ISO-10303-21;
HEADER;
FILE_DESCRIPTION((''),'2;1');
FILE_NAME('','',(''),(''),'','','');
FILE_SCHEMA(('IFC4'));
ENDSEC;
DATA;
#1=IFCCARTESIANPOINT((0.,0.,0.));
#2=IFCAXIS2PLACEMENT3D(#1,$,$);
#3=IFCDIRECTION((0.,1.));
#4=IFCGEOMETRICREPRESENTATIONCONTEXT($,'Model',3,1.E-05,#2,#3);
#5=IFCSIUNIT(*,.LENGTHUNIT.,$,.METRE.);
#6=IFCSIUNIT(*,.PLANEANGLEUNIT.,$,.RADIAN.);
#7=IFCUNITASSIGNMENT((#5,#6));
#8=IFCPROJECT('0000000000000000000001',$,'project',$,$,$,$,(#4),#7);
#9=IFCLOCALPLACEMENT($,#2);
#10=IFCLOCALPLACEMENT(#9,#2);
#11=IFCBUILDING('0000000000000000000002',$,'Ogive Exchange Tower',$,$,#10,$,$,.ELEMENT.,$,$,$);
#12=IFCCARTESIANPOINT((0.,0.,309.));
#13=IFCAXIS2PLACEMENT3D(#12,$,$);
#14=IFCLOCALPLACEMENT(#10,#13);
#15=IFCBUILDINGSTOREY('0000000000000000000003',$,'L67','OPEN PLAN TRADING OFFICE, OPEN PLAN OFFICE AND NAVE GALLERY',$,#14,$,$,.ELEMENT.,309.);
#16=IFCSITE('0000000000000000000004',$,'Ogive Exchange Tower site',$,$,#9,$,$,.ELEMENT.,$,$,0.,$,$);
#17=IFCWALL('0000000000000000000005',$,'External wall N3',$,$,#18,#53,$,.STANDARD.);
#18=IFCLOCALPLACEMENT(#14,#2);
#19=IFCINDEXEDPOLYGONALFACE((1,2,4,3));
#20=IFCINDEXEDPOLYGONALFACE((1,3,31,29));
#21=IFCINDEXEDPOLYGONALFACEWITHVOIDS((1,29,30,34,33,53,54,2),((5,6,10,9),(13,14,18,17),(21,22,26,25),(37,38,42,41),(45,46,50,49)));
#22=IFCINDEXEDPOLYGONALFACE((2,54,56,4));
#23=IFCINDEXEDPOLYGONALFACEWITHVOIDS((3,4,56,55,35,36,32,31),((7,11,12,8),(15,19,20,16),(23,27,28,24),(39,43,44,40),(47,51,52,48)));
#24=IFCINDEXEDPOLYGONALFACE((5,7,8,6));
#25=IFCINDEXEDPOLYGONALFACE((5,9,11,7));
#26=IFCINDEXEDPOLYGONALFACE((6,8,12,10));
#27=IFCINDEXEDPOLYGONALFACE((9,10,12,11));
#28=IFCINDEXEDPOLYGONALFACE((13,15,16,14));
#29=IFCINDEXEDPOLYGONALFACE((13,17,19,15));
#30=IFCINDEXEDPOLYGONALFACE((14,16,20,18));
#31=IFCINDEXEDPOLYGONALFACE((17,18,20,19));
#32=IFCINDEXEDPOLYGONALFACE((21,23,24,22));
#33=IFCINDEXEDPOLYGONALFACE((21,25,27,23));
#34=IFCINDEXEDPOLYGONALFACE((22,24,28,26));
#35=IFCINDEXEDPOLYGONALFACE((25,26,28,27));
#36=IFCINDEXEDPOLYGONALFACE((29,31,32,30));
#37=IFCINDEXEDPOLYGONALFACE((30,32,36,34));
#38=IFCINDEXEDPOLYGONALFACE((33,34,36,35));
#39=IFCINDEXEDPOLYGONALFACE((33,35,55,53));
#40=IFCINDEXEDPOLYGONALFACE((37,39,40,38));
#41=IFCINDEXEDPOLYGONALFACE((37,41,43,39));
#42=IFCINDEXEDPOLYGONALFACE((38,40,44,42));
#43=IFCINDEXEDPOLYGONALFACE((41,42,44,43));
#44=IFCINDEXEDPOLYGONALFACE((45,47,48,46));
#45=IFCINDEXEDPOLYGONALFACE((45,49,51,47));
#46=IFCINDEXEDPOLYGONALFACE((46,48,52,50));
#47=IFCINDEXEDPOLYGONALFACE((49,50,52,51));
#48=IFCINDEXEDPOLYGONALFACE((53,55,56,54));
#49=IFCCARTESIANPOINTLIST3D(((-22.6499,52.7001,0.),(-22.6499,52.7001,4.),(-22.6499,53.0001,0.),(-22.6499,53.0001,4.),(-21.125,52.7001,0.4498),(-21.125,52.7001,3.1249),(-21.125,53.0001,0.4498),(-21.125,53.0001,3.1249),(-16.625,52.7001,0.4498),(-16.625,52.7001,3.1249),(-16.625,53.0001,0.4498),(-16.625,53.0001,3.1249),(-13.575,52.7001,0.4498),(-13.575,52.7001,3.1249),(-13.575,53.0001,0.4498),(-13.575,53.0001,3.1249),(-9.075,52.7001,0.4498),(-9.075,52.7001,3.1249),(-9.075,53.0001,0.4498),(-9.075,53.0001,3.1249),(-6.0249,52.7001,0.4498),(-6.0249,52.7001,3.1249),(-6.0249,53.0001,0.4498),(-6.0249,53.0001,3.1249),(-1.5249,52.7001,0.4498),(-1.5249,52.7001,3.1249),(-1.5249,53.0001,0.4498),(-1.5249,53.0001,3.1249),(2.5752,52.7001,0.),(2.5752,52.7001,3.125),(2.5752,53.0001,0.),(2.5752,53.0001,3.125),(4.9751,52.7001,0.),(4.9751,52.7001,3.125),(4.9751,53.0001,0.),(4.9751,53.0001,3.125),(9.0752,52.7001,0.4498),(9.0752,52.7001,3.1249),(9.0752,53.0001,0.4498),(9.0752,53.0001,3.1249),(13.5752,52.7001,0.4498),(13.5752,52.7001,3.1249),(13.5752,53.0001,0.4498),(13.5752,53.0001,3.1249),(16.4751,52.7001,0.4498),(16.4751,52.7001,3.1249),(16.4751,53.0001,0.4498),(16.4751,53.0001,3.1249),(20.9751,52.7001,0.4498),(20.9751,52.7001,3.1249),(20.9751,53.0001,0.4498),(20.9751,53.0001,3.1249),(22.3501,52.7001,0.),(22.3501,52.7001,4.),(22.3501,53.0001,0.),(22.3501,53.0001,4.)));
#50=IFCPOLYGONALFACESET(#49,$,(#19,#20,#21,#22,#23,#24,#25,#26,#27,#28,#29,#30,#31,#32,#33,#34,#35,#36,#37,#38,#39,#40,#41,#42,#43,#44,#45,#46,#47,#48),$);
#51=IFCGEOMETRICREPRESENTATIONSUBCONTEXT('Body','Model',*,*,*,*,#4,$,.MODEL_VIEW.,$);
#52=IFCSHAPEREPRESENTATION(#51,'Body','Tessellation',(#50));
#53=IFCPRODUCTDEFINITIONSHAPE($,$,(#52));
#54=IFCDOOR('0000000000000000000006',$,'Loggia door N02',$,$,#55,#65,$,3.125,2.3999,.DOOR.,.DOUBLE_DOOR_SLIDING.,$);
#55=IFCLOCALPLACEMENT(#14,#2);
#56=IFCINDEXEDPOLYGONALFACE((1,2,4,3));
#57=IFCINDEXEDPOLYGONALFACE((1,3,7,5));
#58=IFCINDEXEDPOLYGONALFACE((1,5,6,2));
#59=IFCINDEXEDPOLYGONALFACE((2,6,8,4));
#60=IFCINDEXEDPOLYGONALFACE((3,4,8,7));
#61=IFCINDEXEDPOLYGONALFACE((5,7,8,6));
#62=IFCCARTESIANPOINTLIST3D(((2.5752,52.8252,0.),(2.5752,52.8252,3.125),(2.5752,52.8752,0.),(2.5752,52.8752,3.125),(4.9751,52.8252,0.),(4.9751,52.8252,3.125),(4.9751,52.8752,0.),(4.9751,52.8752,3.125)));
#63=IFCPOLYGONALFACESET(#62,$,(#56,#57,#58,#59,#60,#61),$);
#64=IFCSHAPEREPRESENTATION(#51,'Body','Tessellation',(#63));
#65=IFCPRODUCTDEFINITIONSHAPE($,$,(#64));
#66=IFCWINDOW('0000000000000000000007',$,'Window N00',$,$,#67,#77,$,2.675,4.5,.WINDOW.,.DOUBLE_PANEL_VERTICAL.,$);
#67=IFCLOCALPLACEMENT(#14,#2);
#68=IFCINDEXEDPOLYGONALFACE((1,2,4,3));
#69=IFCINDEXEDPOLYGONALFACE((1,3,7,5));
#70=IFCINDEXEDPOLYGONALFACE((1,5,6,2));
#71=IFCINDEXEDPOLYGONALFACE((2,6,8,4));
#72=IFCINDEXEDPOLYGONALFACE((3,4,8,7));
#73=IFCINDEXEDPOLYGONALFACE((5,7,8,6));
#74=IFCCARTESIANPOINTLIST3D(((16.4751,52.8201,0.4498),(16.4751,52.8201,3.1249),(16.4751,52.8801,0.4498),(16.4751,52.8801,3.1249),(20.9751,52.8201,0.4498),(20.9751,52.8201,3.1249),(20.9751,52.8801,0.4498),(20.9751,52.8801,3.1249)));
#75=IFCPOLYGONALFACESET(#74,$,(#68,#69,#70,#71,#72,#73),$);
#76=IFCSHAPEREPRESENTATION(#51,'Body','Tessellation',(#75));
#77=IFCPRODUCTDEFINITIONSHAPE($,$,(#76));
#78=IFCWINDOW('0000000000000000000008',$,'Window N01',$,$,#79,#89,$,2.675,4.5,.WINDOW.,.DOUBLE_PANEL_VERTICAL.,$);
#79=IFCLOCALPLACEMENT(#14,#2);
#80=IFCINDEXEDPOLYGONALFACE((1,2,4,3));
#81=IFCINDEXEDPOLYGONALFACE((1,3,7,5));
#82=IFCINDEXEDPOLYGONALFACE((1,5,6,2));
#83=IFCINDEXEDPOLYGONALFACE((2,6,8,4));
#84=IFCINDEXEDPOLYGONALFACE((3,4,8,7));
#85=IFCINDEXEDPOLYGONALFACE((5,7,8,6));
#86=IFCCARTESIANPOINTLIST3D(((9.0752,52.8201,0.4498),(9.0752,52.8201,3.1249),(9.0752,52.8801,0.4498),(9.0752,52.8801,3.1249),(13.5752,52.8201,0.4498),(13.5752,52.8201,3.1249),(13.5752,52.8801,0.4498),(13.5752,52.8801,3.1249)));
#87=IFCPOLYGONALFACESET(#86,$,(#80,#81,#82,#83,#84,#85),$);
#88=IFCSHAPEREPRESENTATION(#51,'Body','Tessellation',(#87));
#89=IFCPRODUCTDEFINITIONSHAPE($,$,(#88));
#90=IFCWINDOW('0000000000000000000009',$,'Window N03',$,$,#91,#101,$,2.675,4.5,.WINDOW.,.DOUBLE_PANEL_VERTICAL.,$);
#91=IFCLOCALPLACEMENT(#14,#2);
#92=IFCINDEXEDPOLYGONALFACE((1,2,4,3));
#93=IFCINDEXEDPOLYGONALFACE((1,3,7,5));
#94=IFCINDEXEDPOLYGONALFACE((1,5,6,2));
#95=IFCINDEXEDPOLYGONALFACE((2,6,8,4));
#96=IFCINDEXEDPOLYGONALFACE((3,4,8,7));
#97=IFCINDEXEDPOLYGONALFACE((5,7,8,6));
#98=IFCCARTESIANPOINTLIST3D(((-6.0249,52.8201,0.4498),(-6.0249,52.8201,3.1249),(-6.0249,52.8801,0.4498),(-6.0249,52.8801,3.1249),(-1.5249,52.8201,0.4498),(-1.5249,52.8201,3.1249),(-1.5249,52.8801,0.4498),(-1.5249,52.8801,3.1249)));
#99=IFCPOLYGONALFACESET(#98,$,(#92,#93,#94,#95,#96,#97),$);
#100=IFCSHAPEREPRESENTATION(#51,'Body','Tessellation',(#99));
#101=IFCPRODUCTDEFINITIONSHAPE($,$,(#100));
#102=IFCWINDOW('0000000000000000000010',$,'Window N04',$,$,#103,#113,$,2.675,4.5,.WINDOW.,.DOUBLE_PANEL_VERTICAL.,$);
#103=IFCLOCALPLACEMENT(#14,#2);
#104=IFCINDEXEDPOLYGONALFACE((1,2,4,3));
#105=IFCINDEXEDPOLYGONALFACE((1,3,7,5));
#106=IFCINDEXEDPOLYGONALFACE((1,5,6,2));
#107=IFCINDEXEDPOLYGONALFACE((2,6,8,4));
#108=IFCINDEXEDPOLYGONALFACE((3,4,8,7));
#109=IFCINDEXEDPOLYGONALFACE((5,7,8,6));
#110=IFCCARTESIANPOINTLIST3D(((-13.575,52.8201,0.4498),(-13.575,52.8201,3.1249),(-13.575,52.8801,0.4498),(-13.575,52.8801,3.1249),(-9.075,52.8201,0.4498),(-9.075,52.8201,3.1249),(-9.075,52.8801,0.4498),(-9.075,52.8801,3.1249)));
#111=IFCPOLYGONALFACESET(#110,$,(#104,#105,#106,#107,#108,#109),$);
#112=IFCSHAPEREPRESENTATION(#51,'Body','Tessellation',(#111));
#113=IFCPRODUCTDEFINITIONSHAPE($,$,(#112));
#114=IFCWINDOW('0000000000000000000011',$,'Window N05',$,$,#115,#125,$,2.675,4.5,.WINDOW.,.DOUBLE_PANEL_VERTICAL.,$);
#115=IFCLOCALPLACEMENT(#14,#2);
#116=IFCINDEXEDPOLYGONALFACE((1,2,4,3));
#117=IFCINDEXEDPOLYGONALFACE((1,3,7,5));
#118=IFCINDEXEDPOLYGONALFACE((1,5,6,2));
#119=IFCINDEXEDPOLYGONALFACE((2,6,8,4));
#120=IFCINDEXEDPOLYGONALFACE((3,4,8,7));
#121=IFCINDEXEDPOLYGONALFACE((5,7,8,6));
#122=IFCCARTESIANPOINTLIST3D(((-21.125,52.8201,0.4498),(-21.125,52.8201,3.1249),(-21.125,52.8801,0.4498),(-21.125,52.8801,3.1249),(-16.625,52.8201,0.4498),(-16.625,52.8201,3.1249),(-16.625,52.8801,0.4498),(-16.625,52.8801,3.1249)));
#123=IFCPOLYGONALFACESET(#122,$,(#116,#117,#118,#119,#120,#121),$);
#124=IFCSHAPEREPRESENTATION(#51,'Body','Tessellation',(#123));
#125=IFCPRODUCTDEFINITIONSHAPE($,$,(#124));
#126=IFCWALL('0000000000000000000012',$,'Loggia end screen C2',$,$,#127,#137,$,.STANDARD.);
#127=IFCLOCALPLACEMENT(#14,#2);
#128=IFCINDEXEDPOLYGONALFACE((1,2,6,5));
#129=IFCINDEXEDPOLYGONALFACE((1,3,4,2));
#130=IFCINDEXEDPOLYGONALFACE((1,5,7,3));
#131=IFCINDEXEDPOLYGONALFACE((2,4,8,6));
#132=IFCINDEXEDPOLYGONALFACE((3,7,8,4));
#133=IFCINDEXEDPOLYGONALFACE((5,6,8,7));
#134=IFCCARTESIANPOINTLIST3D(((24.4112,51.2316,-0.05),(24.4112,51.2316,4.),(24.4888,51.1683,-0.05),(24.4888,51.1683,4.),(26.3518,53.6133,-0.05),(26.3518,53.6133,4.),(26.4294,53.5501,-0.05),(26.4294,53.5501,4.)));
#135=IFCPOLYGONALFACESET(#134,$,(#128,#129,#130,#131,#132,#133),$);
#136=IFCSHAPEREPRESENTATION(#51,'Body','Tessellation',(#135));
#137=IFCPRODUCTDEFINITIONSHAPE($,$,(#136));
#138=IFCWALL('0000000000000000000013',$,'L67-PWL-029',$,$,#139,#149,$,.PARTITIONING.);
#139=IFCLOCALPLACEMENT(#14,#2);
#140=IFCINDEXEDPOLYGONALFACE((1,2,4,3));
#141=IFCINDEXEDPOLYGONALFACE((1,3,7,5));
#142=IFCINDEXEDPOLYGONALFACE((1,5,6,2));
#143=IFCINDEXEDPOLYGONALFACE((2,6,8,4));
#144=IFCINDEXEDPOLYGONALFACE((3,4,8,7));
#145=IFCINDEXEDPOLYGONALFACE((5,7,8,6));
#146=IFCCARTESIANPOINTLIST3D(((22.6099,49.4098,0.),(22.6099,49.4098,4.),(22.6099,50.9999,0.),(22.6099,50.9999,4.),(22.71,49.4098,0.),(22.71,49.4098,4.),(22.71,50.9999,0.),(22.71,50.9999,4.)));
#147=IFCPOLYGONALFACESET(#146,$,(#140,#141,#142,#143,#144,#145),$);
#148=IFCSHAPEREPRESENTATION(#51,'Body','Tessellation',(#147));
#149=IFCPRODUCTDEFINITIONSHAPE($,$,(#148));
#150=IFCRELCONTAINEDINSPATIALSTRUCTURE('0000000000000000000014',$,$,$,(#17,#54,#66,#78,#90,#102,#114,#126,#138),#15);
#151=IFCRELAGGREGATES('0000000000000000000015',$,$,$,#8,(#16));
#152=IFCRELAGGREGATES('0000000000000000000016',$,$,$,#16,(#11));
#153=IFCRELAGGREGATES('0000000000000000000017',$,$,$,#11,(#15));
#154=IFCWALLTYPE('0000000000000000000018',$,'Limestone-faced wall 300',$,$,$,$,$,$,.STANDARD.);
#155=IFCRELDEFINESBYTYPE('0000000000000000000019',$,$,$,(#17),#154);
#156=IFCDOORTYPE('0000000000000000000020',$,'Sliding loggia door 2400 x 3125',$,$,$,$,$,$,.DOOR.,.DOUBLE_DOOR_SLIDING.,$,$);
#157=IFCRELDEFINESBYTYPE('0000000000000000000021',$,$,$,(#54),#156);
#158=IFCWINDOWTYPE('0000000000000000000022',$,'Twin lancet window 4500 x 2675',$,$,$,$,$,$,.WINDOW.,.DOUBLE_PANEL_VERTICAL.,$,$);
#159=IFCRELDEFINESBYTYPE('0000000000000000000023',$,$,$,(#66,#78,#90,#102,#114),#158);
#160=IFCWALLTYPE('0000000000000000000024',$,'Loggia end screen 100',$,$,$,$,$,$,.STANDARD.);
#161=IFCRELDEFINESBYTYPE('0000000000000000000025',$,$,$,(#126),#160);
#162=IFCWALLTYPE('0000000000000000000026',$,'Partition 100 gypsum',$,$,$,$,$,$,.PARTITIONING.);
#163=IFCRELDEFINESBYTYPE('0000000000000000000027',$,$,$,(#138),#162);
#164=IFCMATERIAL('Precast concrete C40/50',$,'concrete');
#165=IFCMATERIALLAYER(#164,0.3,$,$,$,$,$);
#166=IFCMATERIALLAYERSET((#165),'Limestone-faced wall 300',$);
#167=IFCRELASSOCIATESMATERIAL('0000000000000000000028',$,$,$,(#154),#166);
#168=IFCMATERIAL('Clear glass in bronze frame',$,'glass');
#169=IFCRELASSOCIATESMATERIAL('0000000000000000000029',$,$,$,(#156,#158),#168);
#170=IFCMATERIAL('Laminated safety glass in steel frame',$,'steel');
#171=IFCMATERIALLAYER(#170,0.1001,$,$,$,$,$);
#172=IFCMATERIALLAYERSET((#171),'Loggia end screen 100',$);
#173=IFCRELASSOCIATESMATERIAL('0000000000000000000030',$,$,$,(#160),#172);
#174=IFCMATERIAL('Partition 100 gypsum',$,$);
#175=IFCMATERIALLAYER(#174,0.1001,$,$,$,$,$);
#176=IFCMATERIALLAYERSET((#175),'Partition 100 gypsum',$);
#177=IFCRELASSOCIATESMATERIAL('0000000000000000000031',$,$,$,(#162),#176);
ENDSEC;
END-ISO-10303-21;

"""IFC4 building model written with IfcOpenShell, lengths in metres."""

from ifc_helpers import new_model, si_unit, direction, frame, frame_2d, origin, place, context, subcontext, project, spatial, rectangle, extrude, material, layer, layer_set, type_object, element, fill, save


model = new_model("IFC4")

# Units and contexts
model_context = context("Model", 3, precision=1e-05, world=origin(), true_north=direction((0.0, 1.0)))
body_context = subcontext(model_context, "Body", "Model", "MODEL_VIEW")
ifc_project = project(units=[si_unit("LENGTHUNIT", "METRE"), si_unit("PLANEANGLEUNIT", "RADIAN")], contexts=[model_context])

# Site, building, storey
site_placement = place(None, origin())
site = spatial("IfcSite", under=ifc_project, at=site_placement, Name="Ogive Exchange Tower site", CompositionType="ELEMENT", RefElevation=0.0)
building_placement = place(site_placement, origin())
building = spatial("IfcBuilding", under=site, at=building_placement, Name="Ogive Exchange Tower", CompositionType="ELEMENT")
storey_placement = place(building_placement, frame((0.0, 0.0, 309.0)))
storey = spatial("IfcBuildingStorey", under=building, at=storey_placement, Name="L67", Description="OPEN PLAN TRADING OFFICE, OPEN PLAN OFFICE AND NAVE GALLERY", CompositionType="ELEMENT", Elevation=309.0)

# Wall, openings, door, windows
ifc_material_1 = material(Name="Precast concrete C40/50", Category="concrete")
ifc_layer_1 = layer(ifc_material_1, 0.3)
ifc_layer_set_1 = layer_set([ifc_layer_1], Name="Limestone-faced wall 300")
wall_type_1 = type_object("IfcWallType", Name="Limestone-faced wall 300", PredefinedType="STANDARD", material=ifc_layer_set_1)
wall_1_placement = place(storey_placement, frame((22.3501, 52.8501, 0.0), z_axis=(0.0, 0.0, 1.0), x_axis=(-1.0, 0.0, 0.0)))
wall_1 = element("IfcWall", 1, at=wall_1_placement, inside=storey, type_object=wall_type_1, Name="External wall N3", PredefinedType="STANDARD", context=body_context, shape_type="SweptSolid", body=[
    extrude(rectangle(XDim=45.0, YDim=0.3, at=frame_2d((22.5, 0.0))), origin(), (0.0, 0.0, 1.0), 4.0),
])
opening_1_placement = place(wall_1_placement, frame((1.375, 0.0, 0.45)))
opening_1 = element("IfcOpeningElement", 2, at=opening_1_placement, cuts=wall_1, PredefinedType="OPENING", context=body_context, shape_type="SweptSolid", body=[
    extrude(rectangle(XDim=4.5, YDim=2.675, at=frame_2d((2.25, 1.3374))), frame((0.0, 0.1599, 0.0), z_axis=(0.0, -1.0, 0.0), x_axis=(1.0, 0.0, 0.0)), (0.0, 0.0, 1.0), 0.3201),
])
opening_2_placement = place(wall_1_placement, frame((8.7749, 0.0, 0.45)))
opening_2 = element("IfcOpeningElement", 3, at=opening_2_placement, cuts=wall_1, PredefinedType="OPENING", context=body_context, shape_type="SweptSolid", body=[
    extrude(rectangle(XDim=4.5, YDim=2.675, at=frame_2d((2.25, 1.3374))), frame((0.0, 0.1599, 0.0), z_axis=(0.0, -1.0, 0.0), x_axis=(1.0, 0.0, 0.0)), (0.0, 0.0, 1.0), 0.3201),
])
opening_3_placement = place(wall_1_placement, frame((17.375, 0.0, 0.0)))
opening_3 = element("IfcOpeningElement", 4, at=opening_3_placement, cuts=wall_1, PredefinedType="OPENING", context=body_context, shape_type="SweptSolid", body=[
    extrude(rectangle(XDim=2.3999, YDim=3.125, at=frame_2d((1.2, 1.5625))), frame((0.0, 0.1599, 0.0), z_axis=(0.0, -1.0, 0.0), x_axis=(1.0, 0.0, 0.0)), (0.0, 0.0, 1.0), 0.3201),
])
opening_4_placement = place(wall_1_placement, frame((23.875, 0.0, 0.45)))
opening_4 = element("IfcOpeningElement", 5, at=opening_4_placement, cuts=wall_1, PredefinedType="OPENING", context=body_context, shape_type="SweptSolid", body=[
    extrude(rectangle(XDim=4.5, YDim=2.675, at=frame_2d((2.25, 1.3374))), frame((0.0, 0.1599, 0.0), z_axis=(0.0, -1.0, 0.0), x_axis=(1.0, 0.0, 0.0)), (0.0, 0.0, 1.0), 0.3201),
])
opening_5_placement = place(wall_1_placement, frame((31.425, 0.0, 0.45)))
opening_5 = element("IfcOpeningElement", 6, at=opening_5_placement, cuts=wall_1, PredefinedType="OPENING", context=body_context, shape_type="SweptSolid", body=[
    extrude(rectangle(XDim=4.5, YDim=2.675, at=frame_2d((2.25, 1.3374))), frame((0.0, 0.1599, 0.0), z_axis=(0.0, -1.0, 0.0), x_axis=(1.0, 0.0, 0.0)), (0.0, 0.0, 1.0), 0.3201),
])
opening_6_placement = place(wall_1_placement, frame((38.9751, 0.0, 0.45)))
opening_6 = element("IfcOpeningElement", 7, at=opening_6_placement, cuts=wall_1, PredefinedType="OPENING", context=body_context, shape_type="SweptSolid", body=[
    extrude(rectangle(XDim=4.5, YDim=2.675, at=frame_2d((2.25, 1.3374))), frame((0.0, 0.1599, 0.0), z_axis=(0.0, -1.0, 0.0), x_axis=(1.0, 0.0, 0.0)), (0.0, 0.0, 1.0), 0.3201),
])
ifc_material_2 = material(Name="Clear glass in bronze frame", Category="glass")
door_type = type_object("IfcDoorType", Name="Sliding loggia door 2400 x 3125", OperationType="DOUBLE_DOOR_SLIDING", PredefinedType="DOOR", material=ifc_material_2)
door_placement = place(opening_3_placement, origin())
door = element("IfcDoor", 8, at=door_placement, inside=storey, type_object=door_type, Name="Loggia door N02", OperationType="DOUBLE_DOOR_SLIDING", OverallHeight=3.125, OverallWidth=2.3999, PredefinedType="DOOR", context=body_context, shape_type="SweptSolid", body=[
    extrude(rectangle(XDim=2.3999, YDim=3.125, at=frame_2d((1.2, 1.5625))), frame((0.0, 0.0249, 0.0), z_axis=(0.0, -1.0, 0.0), x_axis=(1.0, 0.0, 0.0)), (0.0, 0.0, 1.0), 0.05),
])
fill(opening_3, door)
window_type = type_object("IfcWindowType", Name="Twin lancet window 4500 x 2675", PartitioningType="DOUBLE_PANEL_VERTICAL", PredefinedType="WINDOW", material=ifc_material_2)
window_1_placement = place(opening_1_placement, origin())
window_1 = element("IfcWindow", 9, at=window_1_placement, inside=storey, type_object=window_type, Name="Window N00", OverallHeight=2.675, OverallWidth=4.5, PartitioningType="DOUBLE_PANEL_VERTICAL", PredefinedType="WINDOW", context=body_context, shape_type="SweptSolid", body=[
    extrude(rectangle(XDim=4.5, YDim=2.675, at=frame_2d((2.25, 1.3374))), frame((0.0, 0.03, 0.0), z_axis=(0.0, -1.0, 0.0), x_axis=(1.0, 0.0, 0.0)), (0.0, 0.0, 1.0), 0.0601),
])
fill(opening_1, window_1)
window_2_placement = place(opening_2_placement, origin())
window_2 = element("IfcWindow", 10, at=window_2_placement, inside=storey, type_object=window_type, Name="Window N01", OverallHeight=2.675, OverallWidth=4.5, PartitioningType="DOUBLE_PANEL_VERTICAL", PredefinedType="WINDOW", context=body_context, shape_type="SweptSolid", body=[
    extrude(rectangle(XDim=4.5, YDim=2.675, at=frame_2d((2.25, 1.3374))), frame((0.0, 0.03, 0.0), z_axis=(0.0, -1.0, 0.0), x_axis=(1.0, 0.0, 0.0)), (0.0, 0.0, 1.0), 0.0601),
])
fill(opening_2, window_2)
window_3_placement = place(opening_4_placement, origin())
window_3 = element("IfcWindow", 11, at=window_3_placement, inside=storey, type_object=window_type, Name="Window N03", OverallHeight=2.675, OverallWidth=4.5, PartitioningType="DOUBLE_PANEL_VERTICAL", PredefinedType="WINDOW", context=body_context, shape_type="SweptSolid", body=[
    extrude(rectangle(XDim=4.5, YDim=2.675, at=frame_2d((2.25, 1.3374))), frame((0.0, 0.03, 0.0), z_axis=(0.0, -1.0, 0.0), x_axis=(1.0, 0.0, 0.0)), (0.0, 0.0, 1.0), 0.0601),
])
fill(opening_4, window_3)
window_4_placement = place(opening_5_placement, origin())
window_4 = element("IfcWindow", 12, at=window_4_placement, inside=storey, type_object=window_type, Name="Window N04", OverallHeight=2.675, OverallWidth=4.5, PartitioningType="DOUBLE_PANEL_VERTICAL", PredefinedType="WINDOW", context=body_context, shape_type="SweptSolid", body=[
    extrude(rectangle(XDim=4.5, YDim=2.675, at=frame_2d((2.25, 1.3374))), frame((0.0, 0.03, 0.0), z_axis=(0.0, -1.0, 0.0), x_axis=(1.0, 0.0, 0.0)), (0.0, 0.0, 1.0), 0.0601),
])
fill(opening_5, window_4)
window_5_placement = place(opening_6_placement, origin())
window_5 = element("IfcWindow", 13, at=window_5_placement, inside=storey, type_object=window_type, Name="Window N05", OverallHeight=2.675, OverallWidth=4.5, PartitioningType="DOUBLE_PANEL_VERTICAL", PredefinedType="WINDOW", context=body_context, shape_type="SweptSolid", body=[
    extrude(rectangle(XDim=4.5, YDim=2.675, at=frame_2d((2.25, 1.3374))), frame((0.0, 0.03, 0.0), z_axis=(0.0, -1.0, 0.0), x_axis=(1.0, 0.0, 0.0)), (0.0, 0.0, 1.0), 0.0601),
])
fill(opening_6, window_5)

# Walls
ifc_material_3 = material(Name="Laminated safety glass in steel frame", Category="steel")
ifc_layer_2 = layer(ifc_material_3, 0.1001)
ifc_layer_set_2 = layer_set([ifc_layer_2], Name="Loggia end screen 100")
wall_type_2 = type_object("IfcWallType", Name="Loggia end screen 100", PredefinedType="STANDARD", material=ifc_layer_set_2)
wall_2_placement = place(storey_placement, frame((24.45, 51.2, -0.05), z_axis=(0.0, 0.0, 1.0), x_axis=(0.631657, 0.775248, 0.0)))
element("IfcWall", 14, at=wall_2_placement, inside=storey, type_object=wall_type_2, Name="Loggia end screen C2", PredefinedType="STANDARD", context=body_context, shape_type="SweptSolid", body=[
    extrude(rectangle(XDim=3.0723, YDim=0.1001, at=frame_2d((1.5361, 0.0))), origin(), (0.0, 0.0, 1.0), 4.05),
])
ifc_material_4 = material(Name="Partition 100 gypsum")
ifc_layer_3 = layer(ifc_material_4, 0.1001)
ifc_layer_set_3 = layer_set([ifc_layer_3], Name="Partition 100 gypsum")
wall_type_3 = type_object("IfcWallType", Name="Partition 100 gypsum", PredefinedType="PARTITIONING", material=ifc_layer_set_3)
wall_3_placement = place(storey_placement, frame((22.6599, 49.4099, 0.0), z_axis=(0.0, 0.0, 1.0), x_axis=(0.0, 1.0, 0.0)))
element("IfcWall", 15, at=wall_3_placement, inside=storey, type_object=wall_type_3, Name="L67-PWL-029", PredefinedType="PARTITIONING", context=body_context, shape_type="SweptSolid", body=[
    extrude(rectangle(XDim=1.5901, YDim=0.1001, at=frame_2d((0.7949, 0.0))), origin(), (0.0, 0.0, 1.0), 4.0),
])

save(model, "model.ifc")
